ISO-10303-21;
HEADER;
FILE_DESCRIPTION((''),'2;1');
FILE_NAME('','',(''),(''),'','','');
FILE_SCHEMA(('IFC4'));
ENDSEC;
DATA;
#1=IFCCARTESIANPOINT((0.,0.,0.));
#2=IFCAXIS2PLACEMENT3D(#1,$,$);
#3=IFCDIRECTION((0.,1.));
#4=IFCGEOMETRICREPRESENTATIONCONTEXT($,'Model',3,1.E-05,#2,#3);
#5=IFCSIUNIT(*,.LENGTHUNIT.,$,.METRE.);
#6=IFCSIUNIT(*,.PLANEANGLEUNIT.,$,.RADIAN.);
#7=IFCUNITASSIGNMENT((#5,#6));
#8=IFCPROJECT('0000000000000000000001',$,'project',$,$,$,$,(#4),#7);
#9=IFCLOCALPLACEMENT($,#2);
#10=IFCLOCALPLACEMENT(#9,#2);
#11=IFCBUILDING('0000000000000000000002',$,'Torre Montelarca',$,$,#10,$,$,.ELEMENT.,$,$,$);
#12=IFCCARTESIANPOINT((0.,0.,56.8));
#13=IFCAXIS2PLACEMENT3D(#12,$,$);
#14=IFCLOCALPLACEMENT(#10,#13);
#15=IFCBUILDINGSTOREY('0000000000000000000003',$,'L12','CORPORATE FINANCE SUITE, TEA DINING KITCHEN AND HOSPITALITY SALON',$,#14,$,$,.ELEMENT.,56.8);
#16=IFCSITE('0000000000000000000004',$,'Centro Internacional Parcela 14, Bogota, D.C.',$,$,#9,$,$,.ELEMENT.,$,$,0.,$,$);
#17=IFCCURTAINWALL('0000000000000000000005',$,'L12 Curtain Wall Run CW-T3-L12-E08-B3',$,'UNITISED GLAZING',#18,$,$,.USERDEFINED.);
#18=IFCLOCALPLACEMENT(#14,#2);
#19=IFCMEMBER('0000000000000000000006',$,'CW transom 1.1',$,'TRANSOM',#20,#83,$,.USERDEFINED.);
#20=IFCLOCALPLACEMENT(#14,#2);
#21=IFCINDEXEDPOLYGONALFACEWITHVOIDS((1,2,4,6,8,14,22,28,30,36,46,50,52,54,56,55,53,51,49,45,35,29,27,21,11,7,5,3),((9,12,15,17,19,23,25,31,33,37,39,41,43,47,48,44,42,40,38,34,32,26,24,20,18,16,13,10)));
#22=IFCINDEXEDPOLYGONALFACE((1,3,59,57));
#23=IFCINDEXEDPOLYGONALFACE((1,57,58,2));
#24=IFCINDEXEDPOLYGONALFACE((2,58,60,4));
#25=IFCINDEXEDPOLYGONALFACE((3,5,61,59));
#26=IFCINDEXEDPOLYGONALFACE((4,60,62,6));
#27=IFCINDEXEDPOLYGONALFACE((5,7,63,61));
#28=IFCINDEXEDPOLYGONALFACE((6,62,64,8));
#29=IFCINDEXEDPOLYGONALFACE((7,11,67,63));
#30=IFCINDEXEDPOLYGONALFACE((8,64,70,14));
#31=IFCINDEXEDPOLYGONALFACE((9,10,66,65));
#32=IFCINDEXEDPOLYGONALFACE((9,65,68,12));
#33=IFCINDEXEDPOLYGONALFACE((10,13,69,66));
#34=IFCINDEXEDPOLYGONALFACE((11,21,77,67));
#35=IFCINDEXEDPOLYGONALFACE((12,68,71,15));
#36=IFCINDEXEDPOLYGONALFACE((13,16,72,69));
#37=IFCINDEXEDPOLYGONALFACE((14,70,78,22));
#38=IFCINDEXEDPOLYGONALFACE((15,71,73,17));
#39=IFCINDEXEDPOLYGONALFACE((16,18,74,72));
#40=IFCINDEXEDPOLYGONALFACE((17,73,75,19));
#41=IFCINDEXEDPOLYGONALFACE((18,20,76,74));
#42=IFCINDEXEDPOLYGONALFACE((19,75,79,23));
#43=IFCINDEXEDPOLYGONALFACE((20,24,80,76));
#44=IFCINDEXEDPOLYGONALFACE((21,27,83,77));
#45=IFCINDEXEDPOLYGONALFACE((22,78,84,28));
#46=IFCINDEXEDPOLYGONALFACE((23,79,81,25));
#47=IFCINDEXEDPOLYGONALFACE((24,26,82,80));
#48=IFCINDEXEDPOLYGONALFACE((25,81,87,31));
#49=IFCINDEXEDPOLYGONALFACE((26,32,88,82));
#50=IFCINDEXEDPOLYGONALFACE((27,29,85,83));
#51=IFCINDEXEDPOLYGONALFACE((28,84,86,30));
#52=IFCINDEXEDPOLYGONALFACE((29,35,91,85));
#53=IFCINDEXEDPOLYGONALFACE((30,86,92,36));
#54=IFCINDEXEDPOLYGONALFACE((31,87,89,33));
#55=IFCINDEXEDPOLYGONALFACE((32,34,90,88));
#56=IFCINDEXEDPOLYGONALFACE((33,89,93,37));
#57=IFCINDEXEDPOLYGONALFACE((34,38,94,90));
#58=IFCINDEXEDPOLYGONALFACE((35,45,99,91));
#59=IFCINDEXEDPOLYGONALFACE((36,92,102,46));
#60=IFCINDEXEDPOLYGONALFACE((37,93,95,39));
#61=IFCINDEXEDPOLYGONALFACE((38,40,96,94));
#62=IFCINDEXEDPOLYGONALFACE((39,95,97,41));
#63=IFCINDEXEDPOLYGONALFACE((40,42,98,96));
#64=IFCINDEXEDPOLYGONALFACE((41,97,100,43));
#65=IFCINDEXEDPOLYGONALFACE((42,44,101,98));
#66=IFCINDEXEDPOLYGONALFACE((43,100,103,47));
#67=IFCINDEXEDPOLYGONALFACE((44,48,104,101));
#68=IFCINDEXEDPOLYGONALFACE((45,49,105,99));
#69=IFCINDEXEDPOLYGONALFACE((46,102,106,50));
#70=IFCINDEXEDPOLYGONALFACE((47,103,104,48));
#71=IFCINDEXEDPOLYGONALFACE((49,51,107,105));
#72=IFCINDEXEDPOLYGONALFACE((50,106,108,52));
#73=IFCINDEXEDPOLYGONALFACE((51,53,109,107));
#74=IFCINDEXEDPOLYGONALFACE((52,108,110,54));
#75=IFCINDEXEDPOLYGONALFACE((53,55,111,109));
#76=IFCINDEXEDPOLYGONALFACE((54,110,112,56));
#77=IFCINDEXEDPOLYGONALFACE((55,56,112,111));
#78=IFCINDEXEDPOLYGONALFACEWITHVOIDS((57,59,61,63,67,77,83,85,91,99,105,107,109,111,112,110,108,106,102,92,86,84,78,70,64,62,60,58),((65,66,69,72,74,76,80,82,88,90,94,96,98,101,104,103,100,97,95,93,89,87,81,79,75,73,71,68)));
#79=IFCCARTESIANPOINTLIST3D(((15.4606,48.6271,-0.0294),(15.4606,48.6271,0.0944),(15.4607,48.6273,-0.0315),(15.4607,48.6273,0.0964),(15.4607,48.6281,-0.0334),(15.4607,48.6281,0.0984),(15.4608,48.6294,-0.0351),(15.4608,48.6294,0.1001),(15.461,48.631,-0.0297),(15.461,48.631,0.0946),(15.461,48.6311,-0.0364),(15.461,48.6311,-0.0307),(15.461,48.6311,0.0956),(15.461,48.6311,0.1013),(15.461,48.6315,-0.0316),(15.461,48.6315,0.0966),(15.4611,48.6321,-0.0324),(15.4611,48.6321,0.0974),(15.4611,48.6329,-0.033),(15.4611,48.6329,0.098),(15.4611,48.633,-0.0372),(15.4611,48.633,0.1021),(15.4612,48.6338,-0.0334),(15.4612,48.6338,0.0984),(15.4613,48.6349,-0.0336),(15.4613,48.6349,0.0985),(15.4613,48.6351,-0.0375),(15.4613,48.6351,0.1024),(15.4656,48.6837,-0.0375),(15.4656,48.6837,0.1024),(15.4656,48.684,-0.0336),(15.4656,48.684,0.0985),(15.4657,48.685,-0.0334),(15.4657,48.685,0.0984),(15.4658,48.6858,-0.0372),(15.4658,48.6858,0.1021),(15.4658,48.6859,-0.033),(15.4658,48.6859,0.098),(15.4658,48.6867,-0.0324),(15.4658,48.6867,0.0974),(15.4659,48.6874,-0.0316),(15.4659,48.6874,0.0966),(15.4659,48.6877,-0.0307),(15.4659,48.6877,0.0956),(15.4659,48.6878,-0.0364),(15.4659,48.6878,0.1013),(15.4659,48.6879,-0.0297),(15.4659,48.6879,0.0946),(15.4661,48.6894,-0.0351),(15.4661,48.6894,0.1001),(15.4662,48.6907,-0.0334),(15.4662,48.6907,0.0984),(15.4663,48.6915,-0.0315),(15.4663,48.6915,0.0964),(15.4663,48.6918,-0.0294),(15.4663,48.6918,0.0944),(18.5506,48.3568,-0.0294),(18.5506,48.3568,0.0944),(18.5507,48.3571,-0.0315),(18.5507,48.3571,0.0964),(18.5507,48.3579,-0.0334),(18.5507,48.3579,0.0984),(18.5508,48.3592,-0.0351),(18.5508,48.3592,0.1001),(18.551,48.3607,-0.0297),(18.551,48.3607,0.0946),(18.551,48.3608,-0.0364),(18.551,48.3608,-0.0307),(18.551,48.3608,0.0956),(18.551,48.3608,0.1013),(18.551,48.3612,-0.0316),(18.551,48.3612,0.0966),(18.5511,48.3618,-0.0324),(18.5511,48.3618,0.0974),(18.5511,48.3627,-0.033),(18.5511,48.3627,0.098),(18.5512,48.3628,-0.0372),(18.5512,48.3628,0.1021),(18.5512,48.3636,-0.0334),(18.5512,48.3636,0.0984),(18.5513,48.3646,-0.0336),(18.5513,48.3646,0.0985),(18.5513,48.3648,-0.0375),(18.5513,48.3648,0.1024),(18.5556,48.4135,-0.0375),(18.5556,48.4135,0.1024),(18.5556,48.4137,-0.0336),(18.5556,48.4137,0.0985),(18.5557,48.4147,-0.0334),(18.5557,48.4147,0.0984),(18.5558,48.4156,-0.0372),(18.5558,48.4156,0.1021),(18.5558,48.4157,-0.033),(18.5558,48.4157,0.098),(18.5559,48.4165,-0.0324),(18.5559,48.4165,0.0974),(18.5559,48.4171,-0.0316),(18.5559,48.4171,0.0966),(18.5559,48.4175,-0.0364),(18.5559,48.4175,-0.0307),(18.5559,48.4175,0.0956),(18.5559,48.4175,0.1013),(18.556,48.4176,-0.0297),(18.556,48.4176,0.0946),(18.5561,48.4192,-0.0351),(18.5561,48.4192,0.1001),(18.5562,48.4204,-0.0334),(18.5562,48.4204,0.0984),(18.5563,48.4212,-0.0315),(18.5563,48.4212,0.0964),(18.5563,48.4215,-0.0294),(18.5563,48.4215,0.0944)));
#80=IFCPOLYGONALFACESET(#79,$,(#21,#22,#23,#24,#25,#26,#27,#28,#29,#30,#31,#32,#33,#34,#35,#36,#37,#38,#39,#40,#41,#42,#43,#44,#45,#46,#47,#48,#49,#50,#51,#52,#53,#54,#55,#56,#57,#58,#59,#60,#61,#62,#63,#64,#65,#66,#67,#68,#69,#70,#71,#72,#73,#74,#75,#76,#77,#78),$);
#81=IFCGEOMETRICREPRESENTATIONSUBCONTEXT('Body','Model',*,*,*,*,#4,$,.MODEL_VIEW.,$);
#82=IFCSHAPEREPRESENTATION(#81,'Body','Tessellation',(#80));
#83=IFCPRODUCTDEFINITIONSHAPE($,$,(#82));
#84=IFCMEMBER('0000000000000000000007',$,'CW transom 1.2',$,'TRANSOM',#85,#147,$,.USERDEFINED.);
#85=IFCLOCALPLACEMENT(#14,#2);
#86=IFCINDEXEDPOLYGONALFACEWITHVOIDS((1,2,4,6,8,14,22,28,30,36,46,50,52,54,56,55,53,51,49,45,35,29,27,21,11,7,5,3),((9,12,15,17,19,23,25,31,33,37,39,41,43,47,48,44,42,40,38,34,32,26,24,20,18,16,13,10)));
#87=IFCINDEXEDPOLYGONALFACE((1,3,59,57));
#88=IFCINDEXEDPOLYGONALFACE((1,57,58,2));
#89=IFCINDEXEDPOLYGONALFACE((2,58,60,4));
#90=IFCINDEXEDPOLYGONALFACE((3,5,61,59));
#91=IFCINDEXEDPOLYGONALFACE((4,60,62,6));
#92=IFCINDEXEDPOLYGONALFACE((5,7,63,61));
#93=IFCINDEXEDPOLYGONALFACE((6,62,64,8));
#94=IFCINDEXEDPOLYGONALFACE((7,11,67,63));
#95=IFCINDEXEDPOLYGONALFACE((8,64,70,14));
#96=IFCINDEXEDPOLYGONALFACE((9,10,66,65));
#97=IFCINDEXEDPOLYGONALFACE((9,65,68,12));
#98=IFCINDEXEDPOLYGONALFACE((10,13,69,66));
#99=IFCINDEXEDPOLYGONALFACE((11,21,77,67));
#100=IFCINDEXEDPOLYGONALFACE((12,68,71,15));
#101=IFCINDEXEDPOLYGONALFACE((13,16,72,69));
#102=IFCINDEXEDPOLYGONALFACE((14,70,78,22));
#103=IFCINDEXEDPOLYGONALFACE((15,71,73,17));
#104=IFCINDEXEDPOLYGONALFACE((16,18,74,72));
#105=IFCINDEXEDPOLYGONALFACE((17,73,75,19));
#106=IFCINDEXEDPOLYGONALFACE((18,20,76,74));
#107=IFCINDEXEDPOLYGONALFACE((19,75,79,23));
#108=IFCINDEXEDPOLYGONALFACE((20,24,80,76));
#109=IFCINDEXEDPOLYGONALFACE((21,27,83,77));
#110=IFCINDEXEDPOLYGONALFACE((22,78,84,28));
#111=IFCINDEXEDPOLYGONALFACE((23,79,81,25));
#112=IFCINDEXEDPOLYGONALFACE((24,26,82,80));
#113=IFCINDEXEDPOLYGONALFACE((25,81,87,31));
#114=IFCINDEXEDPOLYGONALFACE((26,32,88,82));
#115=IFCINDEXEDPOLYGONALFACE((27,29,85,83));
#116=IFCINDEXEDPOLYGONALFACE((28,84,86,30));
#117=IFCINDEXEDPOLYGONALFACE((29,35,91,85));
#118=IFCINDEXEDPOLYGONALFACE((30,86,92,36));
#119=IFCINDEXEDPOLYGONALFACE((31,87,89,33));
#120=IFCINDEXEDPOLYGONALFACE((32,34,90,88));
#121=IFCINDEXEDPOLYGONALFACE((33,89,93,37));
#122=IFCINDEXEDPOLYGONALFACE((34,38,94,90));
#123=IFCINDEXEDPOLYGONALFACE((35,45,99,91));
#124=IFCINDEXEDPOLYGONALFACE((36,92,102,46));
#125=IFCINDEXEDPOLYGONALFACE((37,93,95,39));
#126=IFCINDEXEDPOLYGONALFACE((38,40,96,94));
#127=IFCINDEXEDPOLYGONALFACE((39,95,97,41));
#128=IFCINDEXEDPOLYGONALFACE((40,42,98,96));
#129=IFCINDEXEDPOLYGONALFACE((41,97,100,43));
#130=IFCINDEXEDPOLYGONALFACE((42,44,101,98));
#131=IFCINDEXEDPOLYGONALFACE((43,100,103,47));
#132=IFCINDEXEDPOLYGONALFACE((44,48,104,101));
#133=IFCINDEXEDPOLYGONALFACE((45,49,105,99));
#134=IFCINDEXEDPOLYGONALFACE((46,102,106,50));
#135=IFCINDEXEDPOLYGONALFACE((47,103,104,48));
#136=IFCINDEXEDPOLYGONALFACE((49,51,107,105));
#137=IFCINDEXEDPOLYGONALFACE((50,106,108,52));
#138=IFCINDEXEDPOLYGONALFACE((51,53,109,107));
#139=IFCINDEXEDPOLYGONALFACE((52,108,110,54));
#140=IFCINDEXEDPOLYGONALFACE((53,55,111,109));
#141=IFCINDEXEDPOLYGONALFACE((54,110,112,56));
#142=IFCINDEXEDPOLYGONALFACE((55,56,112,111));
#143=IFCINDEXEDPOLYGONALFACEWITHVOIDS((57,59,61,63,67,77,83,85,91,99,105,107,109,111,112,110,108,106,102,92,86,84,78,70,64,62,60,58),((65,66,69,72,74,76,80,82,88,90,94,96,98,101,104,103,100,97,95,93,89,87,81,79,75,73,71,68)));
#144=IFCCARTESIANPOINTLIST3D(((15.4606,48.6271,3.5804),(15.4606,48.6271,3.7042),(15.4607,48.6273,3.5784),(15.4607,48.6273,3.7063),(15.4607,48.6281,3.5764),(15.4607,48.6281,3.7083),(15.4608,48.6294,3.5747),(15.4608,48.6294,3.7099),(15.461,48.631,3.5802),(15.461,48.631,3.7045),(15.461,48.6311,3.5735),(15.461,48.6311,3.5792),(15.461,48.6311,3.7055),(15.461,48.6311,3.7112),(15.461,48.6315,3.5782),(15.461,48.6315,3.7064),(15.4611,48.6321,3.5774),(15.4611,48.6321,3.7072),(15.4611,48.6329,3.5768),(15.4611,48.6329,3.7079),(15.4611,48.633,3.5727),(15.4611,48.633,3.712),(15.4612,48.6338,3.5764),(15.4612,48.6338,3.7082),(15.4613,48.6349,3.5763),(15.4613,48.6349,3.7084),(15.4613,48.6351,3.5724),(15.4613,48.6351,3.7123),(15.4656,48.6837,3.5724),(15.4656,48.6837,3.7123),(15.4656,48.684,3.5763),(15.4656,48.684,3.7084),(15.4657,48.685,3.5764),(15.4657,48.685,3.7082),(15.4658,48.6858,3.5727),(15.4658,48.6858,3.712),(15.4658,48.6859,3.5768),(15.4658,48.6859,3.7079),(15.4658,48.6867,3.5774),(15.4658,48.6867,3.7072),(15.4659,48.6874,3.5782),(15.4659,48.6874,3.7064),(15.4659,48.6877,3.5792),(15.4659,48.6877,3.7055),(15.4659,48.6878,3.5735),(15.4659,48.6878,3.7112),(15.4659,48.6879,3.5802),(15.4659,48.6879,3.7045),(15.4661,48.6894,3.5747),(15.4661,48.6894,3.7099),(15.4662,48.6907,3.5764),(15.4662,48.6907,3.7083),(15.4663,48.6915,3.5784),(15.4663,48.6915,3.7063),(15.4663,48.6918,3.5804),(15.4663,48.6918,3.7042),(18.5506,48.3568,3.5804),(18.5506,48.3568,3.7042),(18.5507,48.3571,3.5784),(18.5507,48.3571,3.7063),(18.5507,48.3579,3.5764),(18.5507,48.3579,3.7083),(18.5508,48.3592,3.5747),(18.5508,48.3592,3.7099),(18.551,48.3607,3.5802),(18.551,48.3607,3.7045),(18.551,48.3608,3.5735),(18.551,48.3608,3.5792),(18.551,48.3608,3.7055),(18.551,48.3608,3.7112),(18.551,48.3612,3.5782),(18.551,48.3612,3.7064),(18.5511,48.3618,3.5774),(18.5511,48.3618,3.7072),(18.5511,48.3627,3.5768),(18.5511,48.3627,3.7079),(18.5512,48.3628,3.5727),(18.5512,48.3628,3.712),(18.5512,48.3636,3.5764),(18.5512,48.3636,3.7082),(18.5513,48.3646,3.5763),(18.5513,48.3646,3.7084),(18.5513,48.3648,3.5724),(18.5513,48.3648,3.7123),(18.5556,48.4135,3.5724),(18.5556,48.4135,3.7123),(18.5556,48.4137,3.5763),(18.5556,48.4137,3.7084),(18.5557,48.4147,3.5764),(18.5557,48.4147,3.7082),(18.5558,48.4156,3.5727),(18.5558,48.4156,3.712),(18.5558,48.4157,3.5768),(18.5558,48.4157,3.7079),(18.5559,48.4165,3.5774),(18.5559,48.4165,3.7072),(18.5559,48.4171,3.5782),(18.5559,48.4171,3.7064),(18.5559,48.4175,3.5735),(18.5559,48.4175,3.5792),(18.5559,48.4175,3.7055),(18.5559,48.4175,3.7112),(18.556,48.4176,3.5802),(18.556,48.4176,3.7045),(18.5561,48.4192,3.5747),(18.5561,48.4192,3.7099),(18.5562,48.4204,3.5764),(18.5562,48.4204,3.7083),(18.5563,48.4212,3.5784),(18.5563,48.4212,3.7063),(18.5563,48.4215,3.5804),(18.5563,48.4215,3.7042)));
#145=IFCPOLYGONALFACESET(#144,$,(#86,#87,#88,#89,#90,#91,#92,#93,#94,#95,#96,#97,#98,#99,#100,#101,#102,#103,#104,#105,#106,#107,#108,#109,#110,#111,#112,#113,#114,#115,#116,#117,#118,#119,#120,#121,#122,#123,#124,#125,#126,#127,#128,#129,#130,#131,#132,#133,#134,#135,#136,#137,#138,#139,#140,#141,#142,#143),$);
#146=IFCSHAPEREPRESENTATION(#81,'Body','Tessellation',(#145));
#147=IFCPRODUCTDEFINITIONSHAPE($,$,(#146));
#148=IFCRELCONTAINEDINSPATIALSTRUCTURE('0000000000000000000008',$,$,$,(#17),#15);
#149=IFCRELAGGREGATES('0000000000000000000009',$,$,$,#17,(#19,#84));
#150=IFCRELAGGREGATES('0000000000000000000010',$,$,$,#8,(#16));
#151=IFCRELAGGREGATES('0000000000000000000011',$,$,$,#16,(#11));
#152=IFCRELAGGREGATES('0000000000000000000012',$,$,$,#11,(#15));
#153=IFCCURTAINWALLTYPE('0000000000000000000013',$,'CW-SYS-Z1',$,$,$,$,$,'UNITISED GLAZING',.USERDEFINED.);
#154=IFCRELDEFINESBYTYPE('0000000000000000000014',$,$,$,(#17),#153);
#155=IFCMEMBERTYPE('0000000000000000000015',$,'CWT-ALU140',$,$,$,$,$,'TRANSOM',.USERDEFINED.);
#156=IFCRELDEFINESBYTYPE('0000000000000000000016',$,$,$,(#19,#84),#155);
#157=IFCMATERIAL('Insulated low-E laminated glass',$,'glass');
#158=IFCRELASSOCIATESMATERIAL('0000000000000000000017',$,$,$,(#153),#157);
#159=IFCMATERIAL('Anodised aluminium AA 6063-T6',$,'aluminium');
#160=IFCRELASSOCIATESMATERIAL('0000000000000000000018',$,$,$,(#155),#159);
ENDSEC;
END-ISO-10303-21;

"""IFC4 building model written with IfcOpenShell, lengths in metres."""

from ifc_helpers import new_model, si_unit, direction, frame, origin, origin_2d, place, context, subcontext, project, spatial, hollow_rectangle, extrude, source, transform, mapped, material, material_profile, profile_set, type_object, element, aggregate, save


model = new_model("IFC4")

# Units and contexts
model_context = context("Model", 3, precision=1e-05, world=origin(), true_north=direction((0.0, 1.0)))
body_context = subcontext(model_context, "Body", "Model", "MODEL_VIEW")
ifc_project = project(units=[si_unit("LENGTHUNIT", "METRE"), si_unit("PLANEANGLEUNIT", "RADIAN")], contexts=[model_context])

# Site, building, storey
site_placement = place(None, origin())
site = spatial("IfcSite", under=ifc_project, at=site_placement, Name="Centro Internacional Parcela 14, Bogota, D.C.", CompositionType="ELEMENT", RefElevation=0.0)
building_placement = place(site_placement, origin())
building = spatial("IfcBuilding", under=site, at=building_placement, Name="Torre Montelarca", CompositionType="ELEMENT")
storey_placement = place(building_placement, frame((0.0, 0.0, 56.8)))
storey = spatial("IfcBuildingStorey", under=building, at=storey_placement, Name="L12", Description="CORPORATE FINANCE SUITE, TEA DINING KITCHEN AND HOSPITALITY SALON", CompositionType="ELEMENT", Elevation=56.8)

# Shared definitions
ifc_material_1 = material(Name="Insulated low-E laminated glass", Category="glass")
curtain_wall_type = type_object("IfcCurtainWallType", Name="CW-SYS-Z1", ElementType="UNITISED GLAZING", PredefinedType="USERDEFINED", material=ifc_material_1)
ifc_material_2 = material(Name="Anodised aluminium AA 6063-T6", Category="aluminium")

# Shared definitions
ifc_material_profile_1 = material_profile(ifc_material_2, hollow_rectangle(XDim=0.0649, YDim=0.1399, WallThickness=0.0039, InnerFilletRadius=0.0039, OuterFilletRadius=0.0081, at=origin_2d()), Name="ALU65X140X4", Category="aluminium")
ifc_profile_set_1 = profile_set([ifc_material_profile_1], Name="Anodised aluminium AA 6063-T6")
member_type_1 = type_object("IfcMemberType", Name="CWT-ALU140", ElementType="TRANSOM", PredefinedType="USERDEFINED", material=ifc_profile_set_1)

# Curtain wall, members
curtain_wall_1_placement = place(storey_placement, origin())
curtain_wall_1 = element("IfcCurtainWall", 1, at=curtain_wall_1_placement, inside=storey, type_object=curtain_wall_type, Name="L12 Curtain Wall Run CW-T3-L12-E08-B3", ObjectType="UNITISED GLAZING", PredefinedType="USERDEFINED")
shared_shape_1 = source(origin(), body_context, "Body", "SweptSolid", [
    extrude(hollow_rectangle(XDim=0.0649, YDim=0.1399, WallThickness=0.0039, InnerFilletRadius=0.0039, OuterFilletRadius=0.0081, at=origin_2d()), origin(), (0.0, 0.0, 1.0), 3.1018),
])
member_1_placement = place(storey_placement, frame((18.5535, 48.3892, 0.0325), z_axis=(-0.996197, 0.087129, 0.0), x_axis=(-0.087129, -0.996197, 0.0)))
member_1 = element("IfcMember", 2, at=member_1_placement, type_object=member_type_1, Name="CW transom 1.1", ObjectType="TRANSOM", PredefinedType="USERDEFINED", context=body_context, shape_type="MappedRepresentation", body=[
    mapped(shared_shape_1, transform((0.0, 0.0, 0.0), scale=1.0)),
])
member_2_placement = place(storey_placement, frame((18.5535, 48.3892, 3.6423), z_axis=(-0.996197, 0.087129, 0.0), x_axis=(-0.087129, -0.996197, 0.0)))
member_2 = element("IfcMember", 3, at=member_2_placement, type_object=member_type_1, Name="CW transom 1.2", ObjectType="TRANSOM", PredefinedType="USERDEFINED", context=body_context, shape_type="MappedRepresentation", body=[
    mapped(shared_shape_1, transform((0.0, 0.0, 0.0), scale=1.0)),
])

aggregate(curtain_wall_1, [member_1, member_2])

save(model, "model.ifc")
